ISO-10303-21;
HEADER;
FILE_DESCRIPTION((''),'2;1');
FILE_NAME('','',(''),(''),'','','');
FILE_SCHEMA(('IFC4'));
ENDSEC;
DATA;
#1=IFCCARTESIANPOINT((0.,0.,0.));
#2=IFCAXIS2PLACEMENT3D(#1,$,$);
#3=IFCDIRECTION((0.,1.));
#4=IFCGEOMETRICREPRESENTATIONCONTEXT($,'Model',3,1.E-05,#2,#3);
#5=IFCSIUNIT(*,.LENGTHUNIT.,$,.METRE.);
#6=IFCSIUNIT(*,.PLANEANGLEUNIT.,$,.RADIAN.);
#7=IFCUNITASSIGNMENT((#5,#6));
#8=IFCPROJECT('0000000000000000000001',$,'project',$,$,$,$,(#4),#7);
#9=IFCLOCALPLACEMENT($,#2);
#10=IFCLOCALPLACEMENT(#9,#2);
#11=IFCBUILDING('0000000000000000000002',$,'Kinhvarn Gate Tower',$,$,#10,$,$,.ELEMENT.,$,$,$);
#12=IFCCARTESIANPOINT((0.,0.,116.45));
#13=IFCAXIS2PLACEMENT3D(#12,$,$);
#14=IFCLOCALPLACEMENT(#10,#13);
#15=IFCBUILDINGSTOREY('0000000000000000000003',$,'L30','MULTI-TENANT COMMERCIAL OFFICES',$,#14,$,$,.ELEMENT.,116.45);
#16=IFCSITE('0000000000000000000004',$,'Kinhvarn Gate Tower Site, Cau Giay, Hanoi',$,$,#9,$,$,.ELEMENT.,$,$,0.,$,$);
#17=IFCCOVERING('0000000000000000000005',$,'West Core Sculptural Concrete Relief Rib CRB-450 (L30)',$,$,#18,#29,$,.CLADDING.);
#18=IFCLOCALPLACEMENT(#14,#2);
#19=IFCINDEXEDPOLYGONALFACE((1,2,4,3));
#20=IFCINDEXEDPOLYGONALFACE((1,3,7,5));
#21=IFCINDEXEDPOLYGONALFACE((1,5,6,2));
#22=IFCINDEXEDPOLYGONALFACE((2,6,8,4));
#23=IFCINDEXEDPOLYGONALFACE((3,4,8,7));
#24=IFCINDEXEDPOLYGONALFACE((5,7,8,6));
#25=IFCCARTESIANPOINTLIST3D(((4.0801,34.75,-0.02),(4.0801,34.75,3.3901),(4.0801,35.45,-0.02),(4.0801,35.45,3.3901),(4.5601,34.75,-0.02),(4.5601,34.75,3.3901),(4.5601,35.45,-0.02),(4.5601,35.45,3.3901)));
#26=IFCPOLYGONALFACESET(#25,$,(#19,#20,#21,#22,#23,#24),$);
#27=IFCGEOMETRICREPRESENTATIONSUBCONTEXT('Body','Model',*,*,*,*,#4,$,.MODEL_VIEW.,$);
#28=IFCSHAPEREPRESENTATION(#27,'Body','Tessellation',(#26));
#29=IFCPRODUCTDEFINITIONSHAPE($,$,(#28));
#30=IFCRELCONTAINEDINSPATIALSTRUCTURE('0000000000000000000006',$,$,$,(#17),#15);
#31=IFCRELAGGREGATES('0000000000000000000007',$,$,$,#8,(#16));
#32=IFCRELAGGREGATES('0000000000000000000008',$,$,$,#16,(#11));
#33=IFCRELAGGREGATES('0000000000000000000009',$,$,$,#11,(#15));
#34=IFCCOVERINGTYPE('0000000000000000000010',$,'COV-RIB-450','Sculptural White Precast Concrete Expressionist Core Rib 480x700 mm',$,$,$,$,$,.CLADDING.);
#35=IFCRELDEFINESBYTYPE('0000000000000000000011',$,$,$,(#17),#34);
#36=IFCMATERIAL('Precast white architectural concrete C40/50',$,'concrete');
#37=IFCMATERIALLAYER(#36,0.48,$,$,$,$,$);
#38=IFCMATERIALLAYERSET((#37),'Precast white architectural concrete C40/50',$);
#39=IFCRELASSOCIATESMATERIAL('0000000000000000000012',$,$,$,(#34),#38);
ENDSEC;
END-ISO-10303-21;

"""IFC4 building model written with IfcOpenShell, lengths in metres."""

from ifc_helpers import new_model, si_unit, direction, frame, origin, place, context, subcontext, project, spatial, polyline, outline, extrude, material, layer, layer_set, type_object, element, save


model = new_model("IFC4")

# Units and contexts
model_context = context("Model", 3, precision=1e-05, world=origin(), true_north=direction((0.0, 1.0)))
body_context = subcontext(model_context, "Body", "Model", "MODEL_VIEW")
ifc_project = project(units=[si_unit("LENGTHUNIT", "METRE"), si_unit("PLANEANGLEUNIT", "RADIAN")], contexts=[model_context])

# Site, building, storey
site_placement = place(None, origin())
site = spatial("IfcSite", under=ifc_project, at=site_placement, Name="Kinhvarn Gate Tower Site, Cau Giay, Hanoi", CompositionType="ELEMENT", RefElevation=0.0)
building_placement = place(site_placement, origin())
building = spatial("IfcBuilding", under=site, at=building_placement, Name="Kinhvarn Gate Tower", CompositionType="ELEMENT")
storey_placement = place(building_placement, frame((0.0, 0.0, 116.45)))
storey = spatial("IfcBuildingStorey", under=building, at=storey_placement, Name="L30", Description="MULTI-TENANT COMMERCIAL OFFICES", CompositionType="ELEMENT", Elevation=116.45)

# Shared definitions
ifc_material_1 = material(Name="Precast white architectural concrete C40/50", Category="concrete")

# Covering
ifc_layer_1 = layer(ifc_material_1, 0.48)
ifc_layer_set_1 = layer_set([ifc_layer_1], Name="Precast white architectural concrete C40/50")
covering_type_1 = type_object("IfcCoveringType", Name="COV-RIB-450", Description="Sculptural White Precast Concrete Expressionist Core Rib 480x700 mm", PredefinedType="CLADDING", material=ifc_layer_set_1)
covering_1_placement = place(storey_placement, frame((0.0, 0.0, -0.02)))
element("IfcCovering", 1, at=covering_1_placement, inside=storey, type_object=covering_type_1, Name="West Core Sculptural Concrete Relief Rib CRB-450 (L30)", PredefinedType="CLADDING", context=body_context, shape_type="SweptSolid", body=[
    extrude(outline(polyline([(4.0801, 34.75), (4.5601, 34.75), (4.5601, 35.45), (4.0801, 35.45), (4.0801, 34.75)])), origin(), (0.0, 0.0, 1.0), 3.4102),
])

save(model, "model.ifc")
